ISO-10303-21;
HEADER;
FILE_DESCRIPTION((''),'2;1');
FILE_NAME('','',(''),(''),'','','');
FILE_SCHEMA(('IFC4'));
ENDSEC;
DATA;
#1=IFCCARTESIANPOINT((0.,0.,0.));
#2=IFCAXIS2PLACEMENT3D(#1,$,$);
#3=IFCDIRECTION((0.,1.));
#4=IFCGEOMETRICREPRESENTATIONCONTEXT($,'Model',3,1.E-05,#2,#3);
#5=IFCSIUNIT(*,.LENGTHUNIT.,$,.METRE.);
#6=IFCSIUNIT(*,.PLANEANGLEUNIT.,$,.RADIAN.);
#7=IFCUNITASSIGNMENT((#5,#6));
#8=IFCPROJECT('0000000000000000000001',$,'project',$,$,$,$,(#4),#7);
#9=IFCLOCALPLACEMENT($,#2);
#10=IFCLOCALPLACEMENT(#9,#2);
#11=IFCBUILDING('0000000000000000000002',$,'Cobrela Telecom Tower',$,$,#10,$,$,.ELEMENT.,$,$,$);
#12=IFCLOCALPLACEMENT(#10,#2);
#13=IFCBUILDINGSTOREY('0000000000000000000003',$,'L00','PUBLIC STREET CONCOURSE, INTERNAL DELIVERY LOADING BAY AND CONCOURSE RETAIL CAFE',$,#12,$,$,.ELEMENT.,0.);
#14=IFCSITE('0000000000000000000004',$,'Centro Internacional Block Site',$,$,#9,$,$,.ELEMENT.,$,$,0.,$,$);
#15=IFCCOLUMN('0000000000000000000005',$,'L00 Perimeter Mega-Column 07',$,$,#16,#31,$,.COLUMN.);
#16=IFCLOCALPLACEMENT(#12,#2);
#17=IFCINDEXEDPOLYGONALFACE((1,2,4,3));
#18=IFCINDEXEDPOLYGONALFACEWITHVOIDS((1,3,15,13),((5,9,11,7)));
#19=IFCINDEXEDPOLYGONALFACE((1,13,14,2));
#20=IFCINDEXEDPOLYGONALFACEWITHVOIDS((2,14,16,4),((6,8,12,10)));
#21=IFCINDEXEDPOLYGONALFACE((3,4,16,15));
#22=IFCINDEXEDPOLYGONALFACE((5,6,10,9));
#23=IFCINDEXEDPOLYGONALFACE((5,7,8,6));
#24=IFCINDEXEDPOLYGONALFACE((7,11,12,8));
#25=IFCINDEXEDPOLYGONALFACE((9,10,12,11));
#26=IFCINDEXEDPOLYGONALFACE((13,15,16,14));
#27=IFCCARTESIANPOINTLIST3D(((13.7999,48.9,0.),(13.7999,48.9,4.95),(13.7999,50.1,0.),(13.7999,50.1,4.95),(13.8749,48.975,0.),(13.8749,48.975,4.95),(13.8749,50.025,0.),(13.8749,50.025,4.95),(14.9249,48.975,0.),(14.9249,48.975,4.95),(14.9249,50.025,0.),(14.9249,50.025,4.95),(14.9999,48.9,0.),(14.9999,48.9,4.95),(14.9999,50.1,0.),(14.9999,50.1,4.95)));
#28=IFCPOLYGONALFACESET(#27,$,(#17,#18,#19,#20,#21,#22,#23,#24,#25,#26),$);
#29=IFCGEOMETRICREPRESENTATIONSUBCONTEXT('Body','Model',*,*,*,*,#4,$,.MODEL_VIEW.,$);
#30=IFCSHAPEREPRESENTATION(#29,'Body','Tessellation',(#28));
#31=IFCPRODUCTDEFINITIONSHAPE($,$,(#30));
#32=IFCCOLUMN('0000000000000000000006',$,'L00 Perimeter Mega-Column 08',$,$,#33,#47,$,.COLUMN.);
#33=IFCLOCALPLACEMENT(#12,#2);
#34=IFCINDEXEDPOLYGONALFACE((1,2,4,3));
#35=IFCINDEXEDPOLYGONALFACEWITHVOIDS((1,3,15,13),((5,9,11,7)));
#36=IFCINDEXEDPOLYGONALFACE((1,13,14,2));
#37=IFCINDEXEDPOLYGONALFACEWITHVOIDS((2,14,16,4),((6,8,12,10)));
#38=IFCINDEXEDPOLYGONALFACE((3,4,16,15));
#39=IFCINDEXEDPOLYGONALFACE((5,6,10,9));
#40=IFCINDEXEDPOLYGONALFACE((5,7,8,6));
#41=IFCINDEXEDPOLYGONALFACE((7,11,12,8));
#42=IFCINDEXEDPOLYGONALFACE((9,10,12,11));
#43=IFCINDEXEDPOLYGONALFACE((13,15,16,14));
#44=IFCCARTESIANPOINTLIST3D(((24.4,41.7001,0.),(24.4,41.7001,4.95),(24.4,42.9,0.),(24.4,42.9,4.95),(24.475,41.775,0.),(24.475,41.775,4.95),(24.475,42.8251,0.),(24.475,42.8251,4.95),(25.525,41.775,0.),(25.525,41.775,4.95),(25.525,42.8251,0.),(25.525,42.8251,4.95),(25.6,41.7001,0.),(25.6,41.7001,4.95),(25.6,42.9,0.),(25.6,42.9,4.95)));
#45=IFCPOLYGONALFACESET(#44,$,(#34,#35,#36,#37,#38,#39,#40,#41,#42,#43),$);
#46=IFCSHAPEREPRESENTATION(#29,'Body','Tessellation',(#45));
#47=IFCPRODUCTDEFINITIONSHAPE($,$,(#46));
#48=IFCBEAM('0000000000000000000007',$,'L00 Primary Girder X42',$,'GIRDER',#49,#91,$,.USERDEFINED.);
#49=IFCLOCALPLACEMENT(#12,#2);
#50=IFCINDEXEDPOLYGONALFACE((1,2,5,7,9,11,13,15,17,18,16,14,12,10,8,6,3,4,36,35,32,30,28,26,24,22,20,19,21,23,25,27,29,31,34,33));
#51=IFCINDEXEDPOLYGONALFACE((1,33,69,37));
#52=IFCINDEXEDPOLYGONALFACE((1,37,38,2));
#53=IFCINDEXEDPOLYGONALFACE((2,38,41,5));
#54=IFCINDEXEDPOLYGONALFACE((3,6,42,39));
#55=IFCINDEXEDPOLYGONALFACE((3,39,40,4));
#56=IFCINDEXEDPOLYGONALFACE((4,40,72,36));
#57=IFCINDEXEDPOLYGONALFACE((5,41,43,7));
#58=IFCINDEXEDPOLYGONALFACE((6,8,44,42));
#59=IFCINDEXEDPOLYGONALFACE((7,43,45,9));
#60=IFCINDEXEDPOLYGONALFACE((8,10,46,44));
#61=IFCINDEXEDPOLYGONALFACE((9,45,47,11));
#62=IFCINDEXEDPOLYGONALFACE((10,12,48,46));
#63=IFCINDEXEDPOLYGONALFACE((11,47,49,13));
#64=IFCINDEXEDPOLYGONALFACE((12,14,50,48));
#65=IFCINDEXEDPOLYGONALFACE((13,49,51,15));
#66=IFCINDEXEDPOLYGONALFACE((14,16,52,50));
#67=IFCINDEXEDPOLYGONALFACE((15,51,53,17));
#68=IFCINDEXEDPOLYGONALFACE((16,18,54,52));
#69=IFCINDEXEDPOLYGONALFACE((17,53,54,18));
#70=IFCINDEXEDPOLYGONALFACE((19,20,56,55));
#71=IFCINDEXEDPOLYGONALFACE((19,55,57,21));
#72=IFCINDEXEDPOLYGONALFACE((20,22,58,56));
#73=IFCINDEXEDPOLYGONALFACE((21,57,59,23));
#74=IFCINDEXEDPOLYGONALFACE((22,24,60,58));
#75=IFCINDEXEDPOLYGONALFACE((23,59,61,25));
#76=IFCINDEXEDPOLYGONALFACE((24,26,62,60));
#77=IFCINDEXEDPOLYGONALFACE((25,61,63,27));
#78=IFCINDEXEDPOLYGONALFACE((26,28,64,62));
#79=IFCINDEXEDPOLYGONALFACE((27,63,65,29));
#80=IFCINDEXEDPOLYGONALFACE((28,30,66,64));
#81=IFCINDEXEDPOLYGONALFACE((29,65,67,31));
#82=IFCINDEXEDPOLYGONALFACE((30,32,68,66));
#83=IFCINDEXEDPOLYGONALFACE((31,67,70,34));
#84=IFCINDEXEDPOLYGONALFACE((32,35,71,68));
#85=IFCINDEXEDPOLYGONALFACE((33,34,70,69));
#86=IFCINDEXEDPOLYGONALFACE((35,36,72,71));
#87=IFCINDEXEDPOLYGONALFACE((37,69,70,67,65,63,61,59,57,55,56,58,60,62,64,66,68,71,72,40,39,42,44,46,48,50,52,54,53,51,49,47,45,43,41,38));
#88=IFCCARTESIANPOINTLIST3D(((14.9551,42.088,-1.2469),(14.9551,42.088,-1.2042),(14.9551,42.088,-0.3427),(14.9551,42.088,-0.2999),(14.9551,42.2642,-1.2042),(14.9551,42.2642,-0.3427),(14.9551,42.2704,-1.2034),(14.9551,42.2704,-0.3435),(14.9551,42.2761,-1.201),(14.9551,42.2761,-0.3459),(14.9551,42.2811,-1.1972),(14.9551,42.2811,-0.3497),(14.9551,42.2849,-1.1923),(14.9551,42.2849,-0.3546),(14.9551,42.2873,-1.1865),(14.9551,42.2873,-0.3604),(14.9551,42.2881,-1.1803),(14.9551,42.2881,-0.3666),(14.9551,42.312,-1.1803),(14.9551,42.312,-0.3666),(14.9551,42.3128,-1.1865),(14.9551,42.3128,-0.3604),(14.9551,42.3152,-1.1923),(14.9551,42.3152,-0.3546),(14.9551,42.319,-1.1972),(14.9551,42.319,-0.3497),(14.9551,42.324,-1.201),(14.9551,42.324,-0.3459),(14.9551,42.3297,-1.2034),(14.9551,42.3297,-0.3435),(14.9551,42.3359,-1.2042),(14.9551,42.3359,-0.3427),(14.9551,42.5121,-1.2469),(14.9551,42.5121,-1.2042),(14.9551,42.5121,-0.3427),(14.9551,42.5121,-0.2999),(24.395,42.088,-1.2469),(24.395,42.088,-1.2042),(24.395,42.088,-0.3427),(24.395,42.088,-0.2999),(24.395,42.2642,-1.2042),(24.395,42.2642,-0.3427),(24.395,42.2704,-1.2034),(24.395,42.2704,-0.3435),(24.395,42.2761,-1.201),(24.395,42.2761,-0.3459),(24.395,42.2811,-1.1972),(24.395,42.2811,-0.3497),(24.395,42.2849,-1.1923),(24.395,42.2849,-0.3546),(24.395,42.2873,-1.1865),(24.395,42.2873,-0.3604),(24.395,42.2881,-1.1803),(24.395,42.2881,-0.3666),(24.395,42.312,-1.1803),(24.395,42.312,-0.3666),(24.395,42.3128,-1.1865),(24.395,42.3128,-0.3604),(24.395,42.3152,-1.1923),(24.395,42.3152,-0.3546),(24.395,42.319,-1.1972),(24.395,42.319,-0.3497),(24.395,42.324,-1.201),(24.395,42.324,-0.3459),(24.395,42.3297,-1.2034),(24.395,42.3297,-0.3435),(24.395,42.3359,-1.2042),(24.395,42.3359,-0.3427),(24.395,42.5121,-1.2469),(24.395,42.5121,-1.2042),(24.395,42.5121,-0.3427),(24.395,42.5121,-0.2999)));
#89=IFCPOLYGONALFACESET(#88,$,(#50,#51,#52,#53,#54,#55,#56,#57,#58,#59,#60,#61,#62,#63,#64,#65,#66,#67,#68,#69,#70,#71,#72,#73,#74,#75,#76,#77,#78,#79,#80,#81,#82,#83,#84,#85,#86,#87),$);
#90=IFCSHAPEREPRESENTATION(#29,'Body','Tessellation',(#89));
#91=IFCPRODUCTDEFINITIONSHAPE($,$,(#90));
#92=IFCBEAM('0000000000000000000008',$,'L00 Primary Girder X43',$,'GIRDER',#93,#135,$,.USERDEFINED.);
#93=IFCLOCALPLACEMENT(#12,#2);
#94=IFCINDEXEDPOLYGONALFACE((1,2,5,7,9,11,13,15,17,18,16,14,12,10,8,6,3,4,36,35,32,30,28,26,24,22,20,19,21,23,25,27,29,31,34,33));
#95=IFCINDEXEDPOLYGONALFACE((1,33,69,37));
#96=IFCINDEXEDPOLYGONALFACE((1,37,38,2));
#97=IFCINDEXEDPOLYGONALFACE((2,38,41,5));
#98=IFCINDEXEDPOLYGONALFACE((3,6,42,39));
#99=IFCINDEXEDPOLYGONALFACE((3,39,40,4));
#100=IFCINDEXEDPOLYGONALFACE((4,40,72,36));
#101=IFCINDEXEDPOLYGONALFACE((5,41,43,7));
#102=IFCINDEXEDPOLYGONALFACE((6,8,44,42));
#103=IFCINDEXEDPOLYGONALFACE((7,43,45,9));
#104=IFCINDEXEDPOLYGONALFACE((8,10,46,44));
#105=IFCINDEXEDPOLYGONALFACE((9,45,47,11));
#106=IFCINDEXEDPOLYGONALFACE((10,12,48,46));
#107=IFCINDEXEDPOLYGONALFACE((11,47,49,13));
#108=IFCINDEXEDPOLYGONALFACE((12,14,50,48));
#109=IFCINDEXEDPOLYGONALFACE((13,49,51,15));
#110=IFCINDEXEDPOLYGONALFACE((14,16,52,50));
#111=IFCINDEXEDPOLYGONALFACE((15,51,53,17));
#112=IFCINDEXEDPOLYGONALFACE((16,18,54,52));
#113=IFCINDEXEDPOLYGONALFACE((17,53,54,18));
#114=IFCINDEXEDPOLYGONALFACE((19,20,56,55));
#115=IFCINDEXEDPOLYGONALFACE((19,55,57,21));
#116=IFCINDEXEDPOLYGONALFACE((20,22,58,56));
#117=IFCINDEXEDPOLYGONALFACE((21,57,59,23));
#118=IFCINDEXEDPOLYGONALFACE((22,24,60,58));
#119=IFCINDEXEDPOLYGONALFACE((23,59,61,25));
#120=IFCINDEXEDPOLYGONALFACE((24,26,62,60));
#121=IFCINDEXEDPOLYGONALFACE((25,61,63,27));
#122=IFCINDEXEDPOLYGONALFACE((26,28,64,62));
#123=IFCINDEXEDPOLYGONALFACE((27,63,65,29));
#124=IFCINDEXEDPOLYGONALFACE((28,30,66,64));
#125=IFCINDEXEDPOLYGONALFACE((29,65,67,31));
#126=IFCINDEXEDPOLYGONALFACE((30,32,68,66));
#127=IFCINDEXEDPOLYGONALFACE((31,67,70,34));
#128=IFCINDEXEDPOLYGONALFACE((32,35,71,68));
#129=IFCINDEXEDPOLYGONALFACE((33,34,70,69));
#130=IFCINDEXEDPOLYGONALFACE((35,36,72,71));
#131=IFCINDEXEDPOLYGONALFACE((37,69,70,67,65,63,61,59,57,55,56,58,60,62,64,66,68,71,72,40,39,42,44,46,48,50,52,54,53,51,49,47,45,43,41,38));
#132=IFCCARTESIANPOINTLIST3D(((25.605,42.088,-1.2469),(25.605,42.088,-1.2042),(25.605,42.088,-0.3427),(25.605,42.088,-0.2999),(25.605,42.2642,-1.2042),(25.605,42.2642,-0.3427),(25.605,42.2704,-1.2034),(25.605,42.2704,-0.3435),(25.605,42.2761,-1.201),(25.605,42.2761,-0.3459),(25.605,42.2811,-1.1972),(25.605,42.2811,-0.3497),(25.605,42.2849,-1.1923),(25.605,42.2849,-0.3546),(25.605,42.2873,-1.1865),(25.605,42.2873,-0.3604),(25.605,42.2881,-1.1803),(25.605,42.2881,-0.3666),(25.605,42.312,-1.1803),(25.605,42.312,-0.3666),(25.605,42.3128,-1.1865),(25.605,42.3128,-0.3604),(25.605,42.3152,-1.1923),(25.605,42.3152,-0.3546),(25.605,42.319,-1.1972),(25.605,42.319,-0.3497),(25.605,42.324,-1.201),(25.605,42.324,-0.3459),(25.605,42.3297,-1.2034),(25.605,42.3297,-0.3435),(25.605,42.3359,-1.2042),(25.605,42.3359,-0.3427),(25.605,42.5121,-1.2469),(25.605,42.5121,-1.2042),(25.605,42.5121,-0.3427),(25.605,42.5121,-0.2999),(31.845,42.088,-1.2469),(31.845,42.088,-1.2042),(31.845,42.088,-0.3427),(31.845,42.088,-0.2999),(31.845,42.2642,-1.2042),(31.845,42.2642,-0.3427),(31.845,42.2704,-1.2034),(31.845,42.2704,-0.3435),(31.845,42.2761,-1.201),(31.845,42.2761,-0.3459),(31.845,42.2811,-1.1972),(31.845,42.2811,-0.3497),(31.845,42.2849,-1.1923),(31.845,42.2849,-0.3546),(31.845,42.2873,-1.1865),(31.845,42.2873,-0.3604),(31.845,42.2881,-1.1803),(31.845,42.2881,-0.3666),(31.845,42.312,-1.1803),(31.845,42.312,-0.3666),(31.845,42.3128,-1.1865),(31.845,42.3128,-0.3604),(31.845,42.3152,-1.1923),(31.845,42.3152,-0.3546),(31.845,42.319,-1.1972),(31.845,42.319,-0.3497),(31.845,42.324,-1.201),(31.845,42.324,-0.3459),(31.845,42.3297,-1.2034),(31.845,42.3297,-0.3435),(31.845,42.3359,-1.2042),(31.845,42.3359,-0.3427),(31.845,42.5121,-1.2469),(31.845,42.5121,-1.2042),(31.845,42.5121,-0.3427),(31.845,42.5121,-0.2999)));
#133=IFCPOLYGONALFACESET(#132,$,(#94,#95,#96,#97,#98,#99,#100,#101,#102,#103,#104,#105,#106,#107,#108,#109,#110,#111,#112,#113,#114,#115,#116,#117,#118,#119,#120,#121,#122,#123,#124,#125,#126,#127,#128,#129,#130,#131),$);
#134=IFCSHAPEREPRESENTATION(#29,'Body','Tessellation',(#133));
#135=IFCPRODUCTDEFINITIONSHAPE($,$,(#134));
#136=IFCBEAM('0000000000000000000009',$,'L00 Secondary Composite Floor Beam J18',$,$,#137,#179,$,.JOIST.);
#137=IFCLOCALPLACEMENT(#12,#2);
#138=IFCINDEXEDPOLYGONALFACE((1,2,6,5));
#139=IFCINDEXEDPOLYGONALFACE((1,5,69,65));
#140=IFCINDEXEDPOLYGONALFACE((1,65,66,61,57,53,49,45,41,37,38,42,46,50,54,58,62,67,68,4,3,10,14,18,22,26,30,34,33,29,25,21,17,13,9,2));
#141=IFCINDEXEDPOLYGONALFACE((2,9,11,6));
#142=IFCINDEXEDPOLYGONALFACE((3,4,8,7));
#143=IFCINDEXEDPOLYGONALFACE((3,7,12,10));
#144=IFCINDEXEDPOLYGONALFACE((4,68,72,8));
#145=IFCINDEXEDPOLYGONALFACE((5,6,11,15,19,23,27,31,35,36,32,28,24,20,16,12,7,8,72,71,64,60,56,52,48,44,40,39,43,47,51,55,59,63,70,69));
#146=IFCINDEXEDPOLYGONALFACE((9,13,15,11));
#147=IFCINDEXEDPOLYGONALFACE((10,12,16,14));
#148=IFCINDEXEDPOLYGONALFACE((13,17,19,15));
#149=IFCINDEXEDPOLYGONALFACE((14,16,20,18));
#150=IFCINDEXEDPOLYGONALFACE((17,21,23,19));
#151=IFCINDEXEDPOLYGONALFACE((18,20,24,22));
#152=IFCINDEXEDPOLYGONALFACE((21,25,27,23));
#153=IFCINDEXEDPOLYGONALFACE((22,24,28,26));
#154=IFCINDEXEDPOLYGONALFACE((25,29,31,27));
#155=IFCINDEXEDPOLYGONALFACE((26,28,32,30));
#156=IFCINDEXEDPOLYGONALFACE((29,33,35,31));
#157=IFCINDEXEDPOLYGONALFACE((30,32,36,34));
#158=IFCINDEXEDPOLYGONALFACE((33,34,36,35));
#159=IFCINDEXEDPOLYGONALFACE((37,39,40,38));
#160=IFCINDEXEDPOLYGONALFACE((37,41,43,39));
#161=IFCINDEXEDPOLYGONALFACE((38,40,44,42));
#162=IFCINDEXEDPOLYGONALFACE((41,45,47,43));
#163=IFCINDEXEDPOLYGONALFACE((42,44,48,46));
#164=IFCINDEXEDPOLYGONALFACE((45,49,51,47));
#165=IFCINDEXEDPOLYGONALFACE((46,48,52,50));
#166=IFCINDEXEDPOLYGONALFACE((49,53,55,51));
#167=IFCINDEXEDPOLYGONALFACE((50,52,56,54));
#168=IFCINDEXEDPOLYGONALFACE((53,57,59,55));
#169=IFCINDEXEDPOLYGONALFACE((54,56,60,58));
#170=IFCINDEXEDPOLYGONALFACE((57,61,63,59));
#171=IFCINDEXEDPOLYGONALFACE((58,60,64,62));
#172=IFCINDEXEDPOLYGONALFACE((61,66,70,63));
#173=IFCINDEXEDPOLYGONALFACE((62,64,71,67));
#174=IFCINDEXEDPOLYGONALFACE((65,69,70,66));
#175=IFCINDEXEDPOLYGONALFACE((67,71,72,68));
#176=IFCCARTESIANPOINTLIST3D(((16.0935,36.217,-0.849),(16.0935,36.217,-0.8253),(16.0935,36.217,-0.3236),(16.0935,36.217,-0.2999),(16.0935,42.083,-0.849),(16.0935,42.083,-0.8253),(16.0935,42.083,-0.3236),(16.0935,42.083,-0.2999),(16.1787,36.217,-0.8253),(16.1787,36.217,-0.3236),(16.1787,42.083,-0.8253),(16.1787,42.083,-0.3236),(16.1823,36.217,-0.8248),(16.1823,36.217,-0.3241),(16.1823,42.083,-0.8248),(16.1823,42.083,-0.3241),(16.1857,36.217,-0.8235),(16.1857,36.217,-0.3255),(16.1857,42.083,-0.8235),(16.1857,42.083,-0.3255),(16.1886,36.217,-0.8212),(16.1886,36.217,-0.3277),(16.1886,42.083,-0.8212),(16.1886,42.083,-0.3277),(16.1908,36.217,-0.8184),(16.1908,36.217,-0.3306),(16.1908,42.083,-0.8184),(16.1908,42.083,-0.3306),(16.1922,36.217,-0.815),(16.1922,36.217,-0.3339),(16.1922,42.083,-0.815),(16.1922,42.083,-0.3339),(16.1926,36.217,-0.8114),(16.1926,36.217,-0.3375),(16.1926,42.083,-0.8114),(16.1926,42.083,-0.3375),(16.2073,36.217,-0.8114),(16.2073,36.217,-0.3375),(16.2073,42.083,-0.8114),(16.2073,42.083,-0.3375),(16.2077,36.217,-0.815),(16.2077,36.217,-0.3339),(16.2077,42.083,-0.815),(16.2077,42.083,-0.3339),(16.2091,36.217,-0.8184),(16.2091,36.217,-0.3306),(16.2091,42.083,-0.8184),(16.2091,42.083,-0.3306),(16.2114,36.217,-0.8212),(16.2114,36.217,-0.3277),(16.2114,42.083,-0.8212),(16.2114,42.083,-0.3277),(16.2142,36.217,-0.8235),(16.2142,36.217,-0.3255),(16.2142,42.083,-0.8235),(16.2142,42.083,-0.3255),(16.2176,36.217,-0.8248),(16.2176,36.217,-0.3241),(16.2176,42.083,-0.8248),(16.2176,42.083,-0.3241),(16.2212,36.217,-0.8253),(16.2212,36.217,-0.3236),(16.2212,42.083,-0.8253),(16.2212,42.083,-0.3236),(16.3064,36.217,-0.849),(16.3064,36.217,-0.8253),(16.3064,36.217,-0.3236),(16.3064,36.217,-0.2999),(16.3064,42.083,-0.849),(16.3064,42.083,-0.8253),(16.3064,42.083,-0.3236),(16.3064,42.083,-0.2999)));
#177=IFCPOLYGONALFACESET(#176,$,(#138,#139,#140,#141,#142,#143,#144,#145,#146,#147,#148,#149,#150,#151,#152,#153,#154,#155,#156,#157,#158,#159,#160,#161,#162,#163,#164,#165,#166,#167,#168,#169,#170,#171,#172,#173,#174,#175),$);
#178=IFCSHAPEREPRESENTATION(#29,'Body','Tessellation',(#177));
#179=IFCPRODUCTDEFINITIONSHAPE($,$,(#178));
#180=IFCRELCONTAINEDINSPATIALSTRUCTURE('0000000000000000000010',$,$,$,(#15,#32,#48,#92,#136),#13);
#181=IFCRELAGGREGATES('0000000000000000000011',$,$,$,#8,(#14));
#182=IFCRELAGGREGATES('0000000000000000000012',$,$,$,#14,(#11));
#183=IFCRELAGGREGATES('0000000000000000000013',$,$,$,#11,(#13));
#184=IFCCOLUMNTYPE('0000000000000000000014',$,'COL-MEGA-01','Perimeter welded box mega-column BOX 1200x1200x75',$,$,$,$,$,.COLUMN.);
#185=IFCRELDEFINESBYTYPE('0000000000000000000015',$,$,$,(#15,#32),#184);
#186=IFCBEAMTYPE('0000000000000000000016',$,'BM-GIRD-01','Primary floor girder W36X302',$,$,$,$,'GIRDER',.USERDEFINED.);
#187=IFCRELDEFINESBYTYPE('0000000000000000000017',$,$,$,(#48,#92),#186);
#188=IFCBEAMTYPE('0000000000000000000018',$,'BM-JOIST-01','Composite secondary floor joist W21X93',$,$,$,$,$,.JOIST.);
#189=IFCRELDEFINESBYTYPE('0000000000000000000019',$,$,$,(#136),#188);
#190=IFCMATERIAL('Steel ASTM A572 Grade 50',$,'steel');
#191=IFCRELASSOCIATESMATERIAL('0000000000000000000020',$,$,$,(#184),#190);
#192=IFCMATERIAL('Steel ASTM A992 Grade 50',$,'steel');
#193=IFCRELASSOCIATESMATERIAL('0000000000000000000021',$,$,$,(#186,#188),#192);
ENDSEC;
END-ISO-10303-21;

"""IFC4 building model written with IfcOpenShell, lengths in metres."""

from ifc_helpers import new_model, si_unit, direction, frame, origin, origin_2d, place, context, subcontext, project, spatial, hollow_rectangle, i_section, extrude, material, material_profile, profile_set, type_object, element, save


model = new_model("IFC4")

# Units and contexts
model_context = context("Model", 3, precision=1e-05, world=origin(), true_north=direction((0.0, 1.0)))
body_context = subcontext(model_context, "Body", "Model", "MODEL_VIEW")
ifc_project = project(units=[si_unit("LENGTHUNIT", "METRE"), si_unit("PLANEANGLEUNIT", "RADIAN")], contexts=[model_context])

# Site, building, storey
site_placement = place(None, origin())
site = spatial("IfcSite", under=ifc_project, at=site_placement, Name="Centro Internacional Block Site", CompositionType="ELEMENT", RefElevation=0.0)
building_placement = place(site_placement, origin())
building = spatial("IfcBuilding", under=site, at=building_placement, Name="Cobrela Telecom Tower", CompositionType="ELEMENT")
storey_placement = place(building_placement, origin())
storey = spatial("IfcBuildingStorey", under=building, at=storey_placement, Name="L00", Description="PUBLIC STREET CONCOURSE, INTERNAL DELIVERY LOADING BAY AND CONCOURSE RETAIL CAFE", CompositionType="ELEMENT", Elevation=0.0)

# Columns
ifc_material_1 = material(Name="Steel ASTM A572 Grade 50", Category="steel")
ifc_material_profile_1 = material_profile(ifc_material_1, hollow_rectangle(XDim=1.2, YDim=1.2, WallThickness=0.075, at=origin_2d()), Name="BOX 1200x1200x75")
ifc_profile_set_1 = profile_set([ifc_material_profile_1], Name="Steel ASTM A572 Grade 50")
column_type = type_object("IfcColumnType", Name="COL-MEGA-01", Description="Perimeter welded box mega-column BOX 1200x1200x75", PredefinedType="COLUMN", material=ifc_profile_set_1)
for number, where, z_axis, x_axis, name in (
    (1, (14.3999, 49.5, 0.0), (0.0, 0.0, 1.0), (1.0, 0.0, 0.0), "L00 Perimeter Mega-Column 07"),
    (2, (25.0, 42.3, 0.0), (0.0, 0.0, 1.0), (1.0, 0.0, 0.0), "L00 Perimeter Mega-Column 08"),
):
    element("IfcColumn", number, at=place(storey_placement, frame(where, z_axis=z_axis, x_axis=x_axis)), inside=storey, type_object=column_type, Name=name, PredefinedType="COLUMN", context=body_context, shape_type="SweptSolid", body=[
        extrude(hollow_rectangle(XDim=1.2, YDim=1.2, WallThickness=0.075, at=origin_2d()), origin(), (0.0, 0.0, 1.0), 4.95),
    ])

# Beams
ifc_material_2 = material(Name="Steel ASTM A992 Grade 50", Category="steel")
ifc_material_profile_2 = material_profile(ifc_material_2, i_section(OverallWidth=0.4241, OverallDepth=0.947, WebThickness=0.0239, FlangeThickness=0.0427, FilletRadius=0.0239, at=origin_2d()), Name="W36X302")
ifc_profile_set_2 = profile_set([ifc_material_profile_2], Name="Steel ASTM A992 Grade 50")
beam_type_1 = type_object("IfcBeamType", Name="BM-GIRD-01", Description="Primary floor girder W36X302", ElementType="GIRDER", PredefinedType="USERDEFINED", material=ifc_profile_set_2)
beam_1_placement = place(storey_placement, frame((14.9551, 42.3, -0.7734), z_axis=(1.0, 0.0, 0.0), x_axis=(0.0, 1.0, 0.0)))
element("IfcBeam", 3, at=beam_1_placement, inside=storey, type_object=beam_type_1, Name="L00 Primary Girder X42", ObjectType="GIRDER", PredefinedType="USERDEFINED", context=body_context, shape_type="SweptSolid", body=[
    extrude(i_section(OverallWidth=0.4241, OverallDepth=0.947, WebThickness=0.0239, FlangeThickness=0.0427, FilletRadius=0.0239, at=origin_2d()), origin(), (0.0, 0.0, 1.0), 9.4399),
])
beam_2_placement = place(storey_placement, frame((25.605, 42.3, -0.7734), z_axis=(1.0, 0.0, 0.0), x_axis=(0.0, 1.0, 0.0)))
element("IfcBeam", 4, at=beam_2_placement, inside=storey, type_object=beam_type_1, Name="L00 Primary Girder X43", ObjectType="GIRDER", PredefinedType="USERDEFINED", context=body_context, shape_type="SweptSolid", body=[
    extrude(i_section(OverallWidth=0.4241, OverallDepth=0.947, WebThickness=0.0239, FlangeThickness=0.0427, FilletRadius=0.0239, at=origin_2d()), origin(), (0.0, 0.0, 1.0), 6.24),
])
ifc_material_profile_3 = material_profile(ifc_material_2, i_section(OverallWidth=0.2129, OverallDepth=0.5491, WebThickness=0.0146, FlangeThickness=0.0237, FilletRadius=0.0139, at=origin_2d()), Name="W21X93")
ifc_profile_set_3 = profile_set([ifc_material_profile_3], Name="Steel ASTM A992 Grade 50")
beam_type_2 = type_object("IfcBeamType", Name="BM-JOIST-01", Description="Composite secondary floor joist W21X93", PredefinedType="JOIST", material=ifc_profile_set_3)
beam_3_placement = place(storey_placement, frame((16.2, 36.217, -0.5745), z_axis=(0.0, 1.0, 0.0), x_axis=(-1.0, 0.0, 0.0)))
element("IfcBeam", 5, at=beam_3_placement, inside=storey, type_object=beam_type_2, Name="L00 Secondary Composite Floor Beam J18", PredefinedType="JOIST", context=body_context, shape_type="SweptSolid", body=[
    extrude(i_section(OverallWidth=0.2129, OverallDepth=0.5491, WebThickness=0.0146, FlangeThickness=0.0237, FilletRadius=0.0139, at=origin_2d()), origin(), (0.0, 0.0, 1.0), 5.866),
])

save(model, "model.ifc")
